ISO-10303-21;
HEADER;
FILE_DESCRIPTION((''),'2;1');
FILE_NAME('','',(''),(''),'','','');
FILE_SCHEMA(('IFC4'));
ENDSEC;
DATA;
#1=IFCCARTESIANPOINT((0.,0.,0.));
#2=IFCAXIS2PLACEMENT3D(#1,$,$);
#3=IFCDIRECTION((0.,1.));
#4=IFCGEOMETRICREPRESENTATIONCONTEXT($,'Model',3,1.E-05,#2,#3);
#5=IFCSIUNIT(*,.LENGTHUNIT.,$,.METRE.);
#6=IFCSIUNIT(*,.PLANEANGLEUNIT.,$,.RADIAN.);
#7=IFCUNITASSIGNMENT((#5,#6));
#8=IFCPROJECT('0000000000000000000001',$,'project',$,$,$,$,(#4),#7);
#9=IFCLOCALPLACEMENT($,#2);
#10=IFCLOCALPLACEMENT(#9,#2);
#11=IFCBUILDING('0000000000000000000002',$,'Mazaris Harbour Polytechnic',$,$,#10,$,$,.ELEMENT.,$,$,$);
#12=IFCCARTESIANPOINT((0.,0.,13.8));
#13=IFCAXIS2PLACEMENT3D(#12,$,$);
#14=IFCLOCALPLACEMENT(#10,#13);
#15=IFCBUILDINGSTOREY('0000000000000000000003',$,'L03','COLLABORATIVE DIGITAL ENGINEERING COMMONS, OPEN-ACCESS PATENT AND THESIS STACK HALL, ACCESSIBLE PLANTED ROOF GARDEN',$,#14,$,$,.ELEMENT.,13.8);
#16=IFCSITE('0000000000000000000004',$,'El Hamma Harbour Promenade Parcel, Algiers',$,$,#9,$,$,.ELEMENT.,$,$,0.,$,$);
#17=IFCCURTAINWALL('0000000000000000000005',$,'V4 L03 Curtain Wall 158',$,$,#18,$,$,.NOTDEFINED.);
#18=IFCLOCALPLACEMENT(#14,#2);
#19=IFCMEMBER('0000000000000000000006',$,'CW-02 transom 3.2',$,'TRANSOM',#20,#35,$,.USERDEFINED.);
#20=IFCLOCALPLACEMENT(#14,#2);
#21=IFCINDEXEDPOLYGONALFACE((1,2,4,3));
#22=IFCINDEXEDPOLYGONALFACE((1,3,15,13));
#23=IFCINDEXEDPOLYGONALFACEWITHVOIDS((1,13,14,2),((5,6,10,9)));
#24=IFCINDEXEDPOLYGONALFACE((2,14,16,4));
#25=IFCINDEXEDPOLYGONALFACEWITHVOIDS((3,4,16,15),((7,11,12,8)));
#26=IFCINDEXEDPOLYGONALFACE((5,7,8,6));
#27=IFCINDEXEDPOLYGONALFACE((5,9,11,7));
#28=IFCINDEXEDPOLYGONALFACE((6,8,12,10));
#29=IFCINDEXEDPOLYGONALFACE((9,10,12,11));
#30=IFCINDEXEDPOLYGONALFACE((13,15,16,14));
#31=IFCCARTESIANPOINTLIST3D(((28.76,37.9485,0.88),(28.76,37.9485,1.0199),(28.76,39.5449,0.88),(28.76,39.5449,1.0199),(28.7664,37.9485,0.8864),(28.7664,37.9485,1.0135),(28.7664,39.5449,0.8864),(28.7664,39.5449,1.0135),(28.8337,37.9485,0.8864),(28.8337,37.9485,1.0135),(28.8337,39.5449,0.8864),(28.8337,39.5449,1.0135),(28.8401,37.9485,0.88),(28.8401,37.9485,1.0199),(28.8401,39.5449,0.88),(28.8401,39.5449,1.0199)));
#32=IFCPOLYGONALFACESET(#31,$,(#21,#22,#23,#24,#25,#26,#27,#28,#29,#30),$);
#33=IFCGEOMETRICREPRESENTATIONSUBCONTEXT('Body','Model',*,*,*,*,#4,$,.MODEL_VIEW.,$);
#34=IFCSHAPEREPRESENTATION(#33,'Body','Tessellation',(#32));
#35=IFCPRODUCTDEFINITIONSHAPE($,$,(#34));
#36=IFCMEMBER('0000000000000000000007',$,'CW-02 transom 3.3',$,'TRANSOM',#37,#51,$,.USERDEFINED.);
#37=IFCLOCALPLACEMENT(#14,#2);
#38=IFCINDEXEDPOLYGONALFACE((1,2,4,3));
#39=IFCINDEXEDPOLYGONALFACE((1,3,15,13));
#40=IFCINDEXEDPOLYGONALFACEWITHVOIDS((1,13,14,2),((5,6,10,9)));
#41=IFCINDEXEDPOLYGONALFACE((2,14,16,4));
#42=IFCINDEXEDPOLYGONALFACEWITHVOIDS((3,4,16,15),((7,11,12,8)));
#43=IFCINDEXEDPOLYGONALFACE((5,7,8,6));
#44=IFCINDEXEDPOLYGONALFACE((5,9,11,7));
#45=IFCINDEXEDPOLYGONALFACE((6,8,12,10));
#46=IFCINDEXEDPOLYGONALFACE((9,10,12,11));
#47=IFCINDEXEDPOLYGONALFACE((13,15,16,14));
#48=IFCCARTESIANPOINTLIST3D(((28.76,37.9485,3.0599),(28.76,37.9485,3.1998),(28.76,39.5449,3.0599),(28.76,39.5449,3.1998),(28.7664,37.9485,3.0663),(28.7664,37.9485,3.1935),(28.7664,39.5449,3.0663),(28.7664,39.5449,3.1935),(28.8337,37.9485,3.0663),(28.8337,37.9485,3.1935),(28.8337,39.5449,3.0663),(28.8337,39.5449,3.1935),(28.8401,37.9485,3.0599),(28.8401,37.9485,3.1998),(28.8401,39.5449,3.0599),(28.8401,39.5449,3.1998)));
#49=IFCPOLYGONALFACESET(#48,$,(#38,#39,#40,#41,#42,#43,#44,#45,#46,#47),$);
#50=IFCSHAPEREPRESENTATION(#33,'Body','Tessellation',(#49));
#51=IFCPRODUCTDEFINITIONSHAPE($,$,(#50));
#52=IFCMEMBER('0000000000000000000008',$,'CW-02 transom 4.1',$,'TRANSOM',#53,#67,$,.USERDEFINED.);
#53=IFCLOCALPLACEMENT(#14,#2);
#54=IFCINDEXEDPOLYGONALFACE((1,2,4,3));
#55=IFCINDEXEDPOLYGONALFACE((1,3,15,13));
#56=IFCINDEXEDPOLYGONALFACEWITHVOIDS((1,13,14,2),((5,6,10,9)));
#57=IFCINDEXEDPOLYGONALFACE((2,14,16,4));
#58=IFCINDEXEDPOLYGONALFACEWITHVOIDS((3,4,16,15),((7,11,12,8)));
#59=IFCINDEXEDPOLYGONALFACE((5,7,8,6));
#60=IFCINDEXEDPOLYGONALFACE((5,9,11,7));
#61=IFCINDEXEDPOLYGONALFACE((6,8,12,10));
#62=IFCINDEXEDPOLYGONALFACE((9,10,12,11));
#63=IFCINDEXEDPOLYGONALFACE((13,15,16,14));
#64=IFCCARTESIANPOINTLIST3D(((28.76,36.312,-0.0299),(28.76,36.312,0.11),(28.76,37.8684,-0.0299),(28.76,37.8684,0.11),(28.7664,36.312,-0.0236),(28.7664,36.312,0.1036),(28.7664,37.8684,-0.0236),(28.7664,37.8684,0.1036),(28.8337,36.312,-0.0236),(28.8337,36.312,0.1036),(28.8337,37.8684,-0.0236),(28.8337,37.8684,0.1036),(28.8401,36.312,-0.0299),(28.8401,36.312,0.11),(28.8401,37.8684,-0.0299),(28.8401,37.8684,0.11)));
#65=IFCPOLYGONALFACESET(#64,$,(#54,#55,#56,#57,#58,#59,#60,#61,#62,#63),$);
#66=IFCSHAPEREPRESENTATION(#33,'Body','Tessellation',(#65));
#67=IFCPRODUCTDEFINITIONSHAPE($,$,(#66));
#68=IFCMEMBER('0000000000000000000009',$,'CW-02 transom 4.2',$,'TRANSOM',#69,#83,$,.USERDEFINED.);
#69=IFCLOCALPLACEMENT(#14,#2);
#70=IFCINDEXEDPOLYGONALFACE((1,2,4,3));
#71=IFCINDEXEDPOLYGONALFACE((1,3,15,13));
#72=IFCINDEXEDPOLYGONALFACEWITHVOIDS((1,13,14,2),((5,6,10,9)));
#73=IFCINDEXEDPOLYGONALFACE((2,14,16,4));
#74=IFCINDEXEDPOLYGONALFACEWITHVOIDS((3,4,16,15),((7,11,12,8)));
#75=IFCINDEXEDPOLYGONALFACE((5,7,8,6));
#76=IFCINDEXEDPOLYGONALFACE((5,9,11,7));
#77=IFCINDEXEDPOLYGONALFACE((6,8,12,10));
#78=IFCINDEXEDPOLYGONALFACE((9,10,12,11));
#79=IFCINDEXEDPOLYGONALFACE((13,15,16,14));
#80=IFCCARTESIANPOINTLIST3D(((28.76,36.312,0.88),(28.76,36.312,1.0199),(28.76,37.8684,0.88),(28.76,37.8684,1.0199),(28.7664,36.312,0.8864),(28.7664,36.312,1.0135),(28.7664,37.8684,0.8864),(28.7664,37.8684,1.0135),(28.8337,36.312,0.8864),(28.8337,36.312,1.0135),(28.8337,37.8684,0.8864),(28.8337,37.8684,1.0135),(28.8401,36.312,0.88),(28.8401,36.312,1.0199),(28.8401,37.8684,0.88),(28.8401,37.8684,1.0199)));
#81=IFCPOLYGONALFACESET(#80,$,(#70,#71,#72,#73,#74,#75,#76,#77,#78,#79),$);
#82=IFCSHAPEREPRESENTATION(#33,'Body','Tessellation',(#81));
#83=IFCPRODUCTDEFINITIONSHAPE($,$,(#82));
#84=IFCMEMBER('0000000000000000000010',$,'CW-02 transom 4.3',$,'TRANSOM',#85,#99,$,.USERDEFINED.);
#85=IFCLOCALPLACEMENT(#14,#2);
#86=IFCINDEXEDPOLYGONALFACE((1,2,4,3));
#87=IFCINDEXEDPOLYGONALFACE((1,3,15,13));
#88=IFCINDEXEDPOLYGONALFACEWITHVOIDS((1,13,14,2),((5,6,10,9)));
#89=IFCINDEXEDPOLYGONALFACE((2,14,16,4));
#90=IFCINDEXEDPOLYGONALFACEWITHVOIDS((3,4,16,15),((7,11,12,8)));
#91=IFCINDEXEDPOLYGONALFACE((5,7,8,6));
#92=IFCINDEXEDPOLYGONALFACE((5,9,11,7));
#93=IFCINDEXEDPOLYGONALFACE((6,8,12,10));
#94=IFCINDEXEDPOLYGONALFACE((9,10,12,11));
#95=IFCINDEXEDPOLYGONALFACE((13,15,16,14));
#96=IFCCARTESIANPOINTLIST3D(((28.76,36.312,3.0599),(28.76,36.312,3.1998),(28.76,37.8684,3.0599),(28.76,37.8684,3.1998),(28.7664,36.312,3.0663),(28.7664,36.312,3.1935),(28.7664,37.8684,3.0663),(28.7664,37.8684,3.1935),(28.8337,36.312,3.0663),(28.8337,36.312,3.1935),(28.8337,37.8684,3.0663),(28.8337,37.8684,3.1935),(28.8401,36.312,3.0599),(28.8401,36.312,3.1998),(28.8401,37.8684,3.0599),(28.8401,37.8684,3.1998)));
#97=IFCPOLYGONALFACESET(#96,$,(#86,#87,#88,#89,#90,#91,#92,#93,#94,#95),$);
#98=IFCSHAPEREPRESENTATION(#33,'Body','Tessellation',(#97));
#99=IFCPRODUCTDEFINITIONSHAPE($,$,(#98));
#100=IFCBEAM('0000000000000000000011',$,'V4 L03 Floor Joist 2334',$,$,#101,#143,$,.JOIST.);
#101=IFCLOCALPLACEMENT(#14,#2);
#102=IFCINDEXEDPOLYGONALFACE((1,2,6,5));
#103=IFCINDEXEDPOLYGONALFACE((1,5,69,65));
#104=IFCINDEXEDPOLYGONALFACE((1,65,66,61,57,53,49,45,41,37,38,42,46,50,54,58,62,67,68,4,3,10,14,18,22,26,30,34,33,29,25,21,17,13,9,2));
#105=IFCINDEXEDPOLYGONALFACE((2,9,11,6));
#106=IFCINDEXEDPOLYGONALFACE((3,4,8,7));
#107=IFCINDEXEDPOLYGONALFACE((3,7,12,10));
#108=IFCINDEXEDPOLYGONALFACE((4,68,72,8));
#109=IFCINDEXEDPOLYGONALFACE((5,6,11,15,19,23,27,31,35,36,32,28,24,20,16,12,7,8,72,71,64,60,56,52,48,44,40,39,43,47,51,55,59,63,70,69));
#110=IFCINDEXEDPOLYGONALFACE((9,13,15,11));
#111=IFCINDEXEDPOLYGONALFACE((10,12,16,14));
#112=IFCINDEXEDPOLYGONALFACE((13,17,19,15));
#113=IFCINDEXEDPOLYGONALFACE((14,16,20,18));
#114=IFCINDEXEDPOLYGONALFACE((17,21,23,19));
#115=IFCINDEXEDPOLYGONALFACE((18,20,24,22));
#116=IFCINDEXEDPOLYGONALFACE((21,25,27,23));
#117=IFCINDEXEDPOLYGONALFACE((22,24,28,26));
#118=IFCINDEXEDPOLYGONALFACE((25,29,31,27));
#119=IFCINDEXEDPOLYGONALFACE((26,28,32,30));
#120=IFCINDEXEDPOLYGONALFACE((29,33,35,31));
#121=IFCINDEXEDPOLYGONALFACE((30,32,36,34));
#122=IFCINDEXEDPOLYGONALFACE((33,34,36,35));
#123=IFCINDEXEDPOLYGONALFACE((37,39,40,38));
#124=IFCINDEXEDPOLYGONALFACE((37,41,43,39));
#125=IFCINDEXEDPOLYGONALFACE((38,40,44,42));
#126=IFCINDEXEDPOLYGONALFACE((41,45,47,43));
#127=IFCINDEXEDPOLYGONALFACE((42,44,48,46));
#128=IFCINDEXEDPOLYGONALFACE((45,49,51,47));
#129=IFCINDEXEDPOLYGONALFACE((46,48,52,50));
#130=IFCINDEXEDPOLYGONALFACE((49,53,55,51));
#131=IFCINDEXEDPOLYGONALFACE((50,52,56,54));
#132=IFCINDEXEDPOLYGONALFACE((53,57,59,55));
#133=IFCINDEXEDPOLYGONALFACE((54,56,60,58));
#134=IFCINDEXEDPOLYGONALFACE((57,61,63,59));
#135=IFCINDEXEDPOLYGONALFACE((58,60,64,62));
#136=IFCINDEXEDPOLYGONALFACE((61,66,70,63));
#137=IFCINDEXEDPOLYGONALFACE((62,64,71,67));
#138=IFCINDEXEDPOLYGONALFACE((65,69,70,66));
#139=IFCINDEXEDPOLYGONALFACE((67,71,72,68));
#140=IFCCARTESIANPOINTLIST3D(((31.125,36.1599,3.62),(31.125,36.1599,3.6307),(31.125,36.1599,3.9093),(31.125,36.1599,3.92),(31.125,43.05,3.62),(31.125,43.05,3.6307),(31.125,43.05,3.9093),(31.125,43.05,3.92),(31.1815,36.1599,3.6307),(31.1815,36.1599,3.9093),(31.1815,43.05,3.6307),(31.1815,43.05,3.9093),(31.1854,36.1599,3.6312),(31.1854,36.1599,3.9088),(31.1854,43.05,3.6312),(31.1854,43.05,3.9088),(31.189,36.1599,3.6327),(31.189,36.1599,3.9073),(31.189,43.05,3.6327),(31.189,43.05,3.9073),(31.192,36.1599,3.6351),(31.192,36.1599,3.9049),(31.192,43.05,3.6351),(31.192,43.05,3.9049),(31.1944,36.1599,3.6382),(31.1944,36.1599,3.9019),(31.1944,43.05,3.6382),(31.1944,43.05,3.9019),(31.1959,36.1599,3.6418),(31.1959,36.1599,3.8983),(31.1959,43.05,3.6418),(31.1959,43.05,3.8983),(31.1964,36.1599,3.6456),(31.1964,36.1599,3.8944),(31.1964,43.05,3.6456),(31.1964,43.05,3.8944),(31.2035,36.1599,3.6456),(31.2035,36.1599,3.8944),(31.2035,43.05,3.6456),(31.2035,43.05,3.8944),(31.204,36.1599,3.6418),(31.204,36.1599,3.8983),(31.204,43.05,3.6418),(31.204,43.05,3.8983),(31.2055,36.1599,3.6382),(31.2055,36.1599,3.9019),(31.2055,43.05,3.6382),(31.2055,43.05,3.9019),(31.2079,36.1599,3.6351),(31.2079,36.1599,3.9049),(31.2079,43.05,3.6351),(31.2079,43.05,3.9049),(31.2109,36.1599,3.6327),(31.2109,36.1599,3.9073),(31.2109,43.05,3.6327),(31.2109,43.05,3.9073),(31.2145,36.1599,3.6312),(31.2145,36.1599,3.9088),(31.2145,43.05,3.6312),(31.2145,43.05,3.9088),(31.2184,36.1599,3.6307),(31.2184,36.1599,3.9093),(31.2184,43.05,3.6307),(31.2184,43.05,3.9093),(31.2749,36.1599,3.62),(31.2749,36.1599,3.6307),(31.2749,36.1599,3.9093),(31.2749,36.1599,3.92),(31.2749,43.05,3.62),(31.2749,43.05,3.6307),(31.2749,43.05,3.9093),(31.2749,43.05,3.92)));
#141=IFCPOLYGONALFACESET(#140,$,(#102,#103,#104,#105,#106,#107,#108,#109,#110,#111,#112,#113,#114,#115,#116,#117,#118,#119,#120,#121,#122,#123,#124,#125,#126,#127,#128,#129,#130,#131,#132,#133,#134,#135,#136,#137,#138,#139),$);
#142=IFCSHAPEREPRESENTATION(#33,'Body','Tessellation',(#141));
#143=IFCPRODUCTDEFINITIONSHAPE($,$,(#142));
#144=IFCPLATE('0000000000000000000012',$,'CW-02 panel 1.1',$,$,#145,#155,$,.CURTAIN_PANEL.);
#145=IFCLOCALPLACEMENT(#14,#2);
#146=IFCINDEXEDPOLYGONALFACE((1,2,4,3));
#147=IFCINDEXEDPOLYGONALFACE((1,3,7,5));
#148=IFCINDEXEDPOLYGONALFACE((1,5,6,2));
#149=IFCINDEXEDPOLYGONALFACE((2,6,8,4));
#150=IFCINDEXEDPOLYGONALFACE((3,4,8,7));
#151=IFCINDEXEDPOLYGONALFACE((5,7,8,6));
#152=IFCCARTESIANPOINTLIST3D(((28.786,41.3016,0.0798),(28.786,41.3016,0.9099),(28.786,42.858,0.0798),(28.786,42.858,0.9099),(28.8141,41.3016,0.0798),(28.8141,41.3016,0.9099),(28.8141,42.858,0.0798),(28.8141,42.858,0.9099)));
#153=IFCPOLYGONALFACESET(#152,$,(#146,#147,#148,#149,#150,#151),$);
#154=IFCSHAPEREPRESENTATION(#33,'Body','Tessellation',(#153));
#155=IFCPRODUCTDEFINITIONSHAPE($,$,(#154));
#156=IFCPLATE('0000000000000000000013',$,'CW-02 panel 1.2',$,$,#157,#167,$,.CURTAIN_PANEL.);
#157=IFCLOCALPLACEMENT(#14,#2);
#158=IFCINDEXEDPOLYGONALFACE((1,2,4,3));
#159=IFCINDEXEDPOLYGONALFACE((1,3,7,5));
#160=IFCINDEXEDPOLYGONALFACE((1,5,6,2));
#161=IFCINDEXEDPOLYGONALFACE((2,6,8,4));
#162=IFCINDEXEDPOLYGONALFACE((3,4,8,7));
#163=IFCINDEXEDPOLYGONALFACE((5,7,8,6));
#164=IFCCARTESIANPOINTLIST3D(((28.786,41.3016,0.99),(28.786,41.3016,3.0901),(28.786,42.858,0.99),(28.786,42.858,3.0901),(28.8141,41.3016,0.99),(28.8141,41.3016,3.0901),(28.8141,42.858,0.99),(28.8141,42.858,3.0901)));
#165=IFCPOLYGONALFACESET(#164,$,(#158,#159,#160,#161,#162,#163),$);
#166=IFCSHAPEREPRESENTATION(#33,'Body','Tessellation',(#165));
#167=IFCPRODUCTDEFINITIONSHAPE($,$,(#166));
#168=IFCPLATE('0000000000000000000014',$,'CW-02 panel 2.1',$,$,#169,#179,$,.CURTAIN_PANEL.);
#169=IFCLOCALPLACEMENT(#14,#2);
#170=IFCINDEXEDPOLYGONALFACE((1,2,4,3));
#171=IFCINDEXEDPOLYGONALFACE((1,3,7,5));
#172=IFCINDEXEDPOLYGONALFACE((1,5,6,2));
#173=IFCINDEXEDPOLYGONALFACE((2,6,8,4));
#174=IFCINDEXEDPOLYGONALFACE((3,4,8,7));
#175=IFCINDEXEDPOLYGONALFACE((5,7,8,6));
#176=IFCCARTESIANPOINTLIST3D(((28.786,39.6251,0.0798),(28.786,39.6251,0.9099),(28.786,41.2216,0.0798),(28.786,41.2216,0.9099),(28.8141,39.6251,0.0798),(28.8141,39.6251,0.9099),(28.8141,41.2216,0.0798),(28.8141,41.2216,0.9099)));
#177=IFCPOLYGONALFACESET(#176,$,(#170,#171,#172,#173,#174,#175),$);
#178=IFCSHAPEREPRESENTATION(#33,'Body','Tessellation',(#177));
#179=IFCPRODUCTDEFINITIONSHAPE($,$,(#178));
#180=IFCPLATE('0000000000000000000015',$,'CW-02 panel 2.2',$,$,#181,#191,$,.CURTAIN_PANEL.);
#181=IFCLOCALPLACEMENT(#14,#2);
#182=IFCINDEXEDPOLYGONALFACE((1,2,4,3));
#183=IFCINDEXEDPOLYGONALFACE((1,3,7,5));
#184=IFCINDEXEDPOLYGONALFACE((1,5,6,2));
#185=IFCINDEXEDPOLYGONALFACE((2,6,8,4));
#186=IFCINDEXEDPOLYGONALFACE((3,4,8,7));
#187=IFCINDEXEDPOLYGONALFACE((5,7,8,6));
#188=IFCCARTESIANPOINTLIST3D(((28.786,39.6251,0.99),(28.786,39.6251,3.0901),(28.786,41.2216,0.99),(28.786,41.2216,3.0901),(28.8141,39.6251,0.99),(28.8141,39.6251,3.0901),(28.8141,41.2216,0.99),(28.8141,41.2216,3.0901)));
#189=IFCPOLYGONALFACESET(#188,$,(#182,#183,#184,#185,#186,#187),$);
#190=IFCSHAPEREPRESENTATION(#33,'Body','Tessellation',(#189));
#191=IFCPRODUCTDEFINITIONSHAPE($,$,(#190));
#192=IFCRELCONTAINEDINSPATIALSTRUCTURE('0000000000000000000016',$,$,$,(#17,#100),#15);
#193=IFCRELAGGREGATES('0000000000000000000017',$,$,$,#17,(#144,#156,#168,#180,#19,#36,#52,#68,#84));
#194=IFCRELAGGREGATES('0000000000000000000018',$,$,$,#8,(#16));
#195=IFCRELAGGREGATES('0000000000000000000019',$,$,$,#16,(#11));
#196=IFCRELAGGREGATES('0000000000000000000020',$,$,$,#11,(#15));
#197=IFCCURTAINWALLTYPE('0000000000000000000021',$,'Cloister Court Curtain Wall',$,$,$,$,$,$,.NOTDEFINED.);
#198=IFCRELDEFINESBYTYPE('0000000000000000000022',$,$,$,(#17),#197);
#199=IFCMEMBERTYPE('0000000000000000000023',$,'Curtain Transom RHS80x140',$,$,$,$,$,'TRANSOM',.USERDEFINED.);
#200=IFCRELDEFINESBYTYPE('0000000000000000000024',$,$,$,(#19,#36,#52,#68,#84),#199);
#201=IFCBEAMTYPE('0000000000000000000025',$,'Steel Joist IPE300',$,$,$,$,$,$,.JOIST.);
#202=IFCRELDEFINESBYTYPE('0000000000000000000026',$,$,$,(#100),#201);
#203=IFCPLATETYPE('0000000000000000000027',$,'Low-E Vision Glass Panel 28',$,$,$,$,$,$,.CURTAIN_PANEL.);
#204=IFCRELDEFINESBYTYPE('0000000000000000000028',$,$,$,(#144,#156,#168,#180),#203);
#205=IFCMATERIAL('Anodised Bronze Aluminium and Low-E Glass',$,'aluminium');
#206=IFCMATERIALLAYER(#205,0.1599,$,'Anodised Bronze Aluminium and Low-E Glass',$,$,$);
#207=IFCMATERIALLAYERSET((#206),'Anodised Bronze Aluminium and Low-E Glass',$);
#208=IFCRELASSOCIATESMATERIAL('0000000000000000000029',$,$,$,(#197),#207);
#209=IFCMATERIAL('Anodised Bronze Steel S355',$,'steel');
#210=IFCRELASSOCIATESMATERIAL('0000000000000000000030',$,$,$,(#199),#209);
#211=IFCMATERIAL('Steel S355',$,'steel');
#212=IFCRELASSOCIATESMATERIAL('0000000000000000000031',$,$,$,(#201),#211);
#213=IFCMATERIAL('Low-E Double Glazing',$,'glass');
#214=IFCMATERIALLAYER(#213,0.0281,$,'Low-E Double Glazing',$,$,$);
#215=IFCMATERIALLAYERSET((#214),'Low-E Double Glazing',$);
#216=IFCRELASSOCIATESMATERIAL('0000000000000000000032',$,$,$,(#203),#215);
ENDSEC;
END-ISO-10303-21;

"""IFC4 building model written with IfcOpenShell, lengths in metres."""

from ifc_helpers import new_model, si_unit, direction, frame, origin, origin_2d, place, context, subcontext, project, spatial, rectangle, hollow_rectangle, i_section, extrude, material, layer, layer_set, material_profile, profile_set, type_object, element, aggregate, save


model = new_model("IFC4")

# Units and contexts
model_context = context("Model", 3, precision=1e-05, world=origin(), true_north=direction((0.0, 1.0)))
body_context = subcontext(model_context, "Body", "Model", "MODEL_VIEW")
ifc_project = project(units=[si_unit("LENGTHUNIT", "METRE"), si_unit("PLANEANGLEUNIT", "RADIAN")], contexts=[model_context])

# Site, building, storey
site_placement = place(None, origin())
site = spatial("IfcSite", under=ifc_project, at=site_placement, Name="El Hamma Harbour Promenade Parcel, Algiers", CompositionType="ELEMENT", RefElevation=0.0)
building_placement = place(site_placement, origin())
building = spatial("IfcBuilding", under=site, at=building_placement, Name="Mazaris Harbour Polytechnic", CompositionType="ELEMENT")
storey_placement = place(building_placement, frame((0.0, 0.0, 13.8)))
storey = spatial("IfcBuildingStorey", under=building, at=storey_placement, Name="L03", Description="COLLABORATIVE DIGITAL ENGINEERING COMMONS, OPEN-ACCESS PATENT AND THESIS STACK HALL, ACCESSIBLE PLANTED ROOF GARDEN", CompositionType="ELEMENT", Elevation=13.8)

# Curtain wall, members
ifc_material_1 = material(Name="Anodised Bronze Aluminium and Low-E Glass", Category="aluminium")
ifc_layer_1 = layer(ifc_material_1, 0.1599, Name="Anodised Bronze Aluminium and Low-E Glass")
ifc_layer_set_1 = layer_set([ifc_layer_1], Name="Anodised Bronze Aluminium and Low-E Glass")
curtain_wall_type = type_object("IfcCurtainWallType", Name="Cloister Court Curtain Wall", PredefinedType="NOTDEFINED", material=ifc_layer_set_1)
curtain_wall_placement = place(storey_placement, origin())
curtain_wall = element("IfcCurtainWall", 1, at=curtain_wall_placement, inside=storey, type_object=curtain_wall_type, Name="V4 L03 Curtain Wall 158", PredefinedType="NOTDEFINED")
ifc_material_2 = material(Name="Anodised Bronze Steel S355", Category="steel")
ifc_material_profile_1 = material_profile(ifc_material_2, hollow_rectangle(XDim=0.0801, YDim=0.1399, WallThickness=0.0063, at=origin_2d()), Name="RHS 80x140x6.3")
ifc_profile_set_1 = profile_set([ifc_material_profile_1], Name="Anodised Bronze Steel S355")
member_type_1 = type_object("IfcMemberType", Name="Curtain Transom RHS80x140", ElementType="TRANSOM", PredefinedType="USERDEFINED", material=ifc_profile_set_1)
member_1_placement = place(storey_placement, frame((28.8, 39.5449, 0.95), z_axis=(0.0, -1.0, 0.0), x_axis=(1.0, 0.0, 0.0)))
member_1 = element("IfcMember", 2, at=member_1_placement, type_object=member_type_1, Name="CW-02 transom 3.2", ObjectType="TRANSOM", PredefinedType="USERDEFINED", context=body_context, shape_type="SweptSolid", body=[
    extrude(hollow_rectangle(XDim=0.0801, YDim=0.1399, WallThickness=0.0063, at=origin_2d()), origin(), (0.0, 0.0, 1.0), 1.5964),
])
member_2_placement = place(storey_placement, frame((28.8, 39.5449, 3.1299), z_axis=(0.0, -1.0, 0.0), x_axis=(1.0, 0.0, 0.0)))
member_2 = element("IfcMember", 3, at=member_2_placement, type_object=member_type_1, Name="CW-02 transom 3.3", ObjectType="TRANSOM", PredefinedType="USERDEFINED", context=body_context, shape_type="SweptSolid", body=[
    extrude(hollow_rectangle(XDim=0.0801, YDim=0.1399, WallThickness=0.0063, at=origin_2d()), origin(), (0.0, 0.0, 1.0), 1.5964),
])
member_3_placement = place(storey_placement, frame((28.8, 37.8684, 0.04), z_axis=(0.0, -1.0, 0.0), x_axis=(1.0, 0.0, 0.0)))
member_3 = element("IfcMember", 4, at=member_3_placement, type_object=member_type_1, Name="CW-02 transom 4.1", ObjectType="TRANSOM", PredefinedType="USERDEFINED", context=body_context, shape_type="SweptSolid", body=[
    extrude(hollow_rectangle(XDim=0.0801, YDim=0.1399, WallThickness=0.0063, at=origin_2d()), origin(), (0.0, 0.0, 1.0), 1.5564),
])
member_4_placement = place(storey_placement, frame((28.8, 37.8684, 0.95), z_axis=(0.0, -1.0, 0.0), x_axis=(1.0, 0.0, 0.0)))
member_4 = element("IfcMember", 5, at=member_4_placement, type_object=member_type_1, Name="CW-02 transom 4.2", ObjectType="TRANSOM", PredefinedType="USERDEFINED", context=body_context, shape_type="SweptSolid", body=[
    extrude(hollow_rectangle(XDim=0.0801, YDim=0.1399, WallThickness=0.0063, at=origin_2d()), origin(), (0.0, 0.0, 1.0), 1.5564),
])
member_5_placement = place(storey_placement, frame((28.8, 37.8684, 3.1299), z_axis=(0.0, -1.0, 0.0), x_axis=(1.0, 0.0, 0.0)))
member_5 = element("IfcMember", 6, at=member_5_placement, type_object=member_type_1, Name="CW-02 transom 4.3", ObjectType="TRANSOM", PredefinedType="USERDEFINED", context=body_context, shape_type="SweptSolid", body=[
    extrude(hollow_rectangle(XDim=0.0801, YDim=0.1399, WallThickness=0.0063, at=origin_2d()), origin(), (0.0, 0.0, 1.0), 1.5564),
])

# Beam
ifc_material_3 = material(Name="Steel S355", Category="steel")
ifc_material_profile_2 = material_profile(ifc_material_3, i_section(OverallWidth=0.1499, OverallDepth=0.3, WebThickness=0.0071, FlangeThickness=0.0107, FilletRadius=0.0149, at=origin_2d()), Name="IPE 300")
ifc_profile_set_2 = profile_set([ifc_material_profile_2], Name="Steel S355")
beam_type = type_object("IfcBeamType", Name="Steel Joist IPE300", PredefinedType="JOIST", material=ifc_profile_set_2)
beam_placement = place(storey_placement, frame((31.2, 36.1599, 3.77), z_axis=(0.0, 1.0, 0.0), x_axis=(-1.0, 0.0, 0.0)))
element("IfcBeam", 7, at=beam_placement, inside=storey, type_object=beam_type, Name="V4 L03 Floor Joist 2334", PredefinedType="JOIST", context=body_context, shape_type="SweptSolid", body=[
    extrude(i_section(OverallWidth=0.1499, OverallDepth=0.3, WebThickness=0.0071, FlangeThickness=0.0107, FilletRadius=0.0149, at=origin_2d()), origin(), (0.0, 0.0, 1.0), 6.8901),
])

# Plates
ifc_material_4 = material(Name="Low-E Double Glazing", Category="glass")
ifc_layer_2 = layer(ifc_material_4, 0.0281, Name="Low-E Double Glazing")
ifc_layer_set_2 = layer_set([ifc_layer_2], Name="Low-E Double Glazing")
plate_type = type_object("IfcPlateType", Name="Low-E Vision Glass Panel 28", PredefinedType="CURTAIN_PANEL", material=ifc_layer_set_2)
plate_1_placement = place(storey_placement, frame((28.8, 42.0798, 0.0798), z_axis=(0.0, 0.0, 1.0), x_axis=(0.0, -1.0, 0.0)))
plate_1 = element("IfcPlate", 8, at=plate_1_placement, type_object=plate_type, Name="CW-02 panel 1.1", PredefinedType="CURTAIN_PANEL", context=body_context, shape_type="SweptSolid", body=[
    extrude(rectangle(XDim=1.5564, YDim=0.0281, at=origin_2d()), origin(), (0.0, 0.0, 1.0), 0.8301),
])
plate_2_placement = place(storey_placement, frame((28.8, 42.0798, 0.99), z_axis=(0.0, 0.0, 1.0), x_axis=(0.0, -1.0, 0.0)))
plate_2 = element("IfcPlate", 9, at=plate_2_placement, type_object=plate_type, Name="CW-02 panel 1.2", PredefinedType="CURTAIN_PANEL", context=body_context, shape_type="SweptSolid", body=[
    extrude(rectangle(XDim=1.5564, YDim=0.0281, at=origin_2d()), origin(), (0.0, 0.0, 1.0), 2.1001),
])
plate_3_placement = place(storey_placement, frame((28.8, 40.4233, 0.0798), z_axis=(0.0, 0.0, 1.0), x_axis=(0.0, -1.0, 0.0)))
plate_3 = element("IfcPlate", 10, at=plate_3_placement, type_object=plate_type, Name="CW-02 panel 2.1", PredefinedType="CURTAIN_PANEL", context=body_context, shape_type="SweptSolid", body=[
    extrude(rectangle(XDim=1.5964, YDim=0.0281, at=origin_2d()), origin(), (0.0, 0.0, 1.0), 0.8301),
])
plate_4_placement = place(storey_placement, frame((28.8, 40.4233, 0.99), z_axis=(0.0, 0.0, 1.0), x_axis=(0.0, -1.0, 0.0)))
plate_4 = element("IfcPlate", 11, at=plate_4_placement, type_object=plate_type, Name="CW-02 panel 2.2", PredefinedType="CURTAIN_PANEL", context=body_context, shape_type="SweptSolid", body=[
    extrude(rectangle(XDim=1.5964, YDim=0.0281, at=origin_2d()), origin(), (0.0, 0.0, 1.0), 2.1001),
])
aggregate(curtain_wall, [plate_1, plate_2, plate_3, plate_4, member_1, member_2, member_3, member_4, member_5])

save(model, "model.ifc")
